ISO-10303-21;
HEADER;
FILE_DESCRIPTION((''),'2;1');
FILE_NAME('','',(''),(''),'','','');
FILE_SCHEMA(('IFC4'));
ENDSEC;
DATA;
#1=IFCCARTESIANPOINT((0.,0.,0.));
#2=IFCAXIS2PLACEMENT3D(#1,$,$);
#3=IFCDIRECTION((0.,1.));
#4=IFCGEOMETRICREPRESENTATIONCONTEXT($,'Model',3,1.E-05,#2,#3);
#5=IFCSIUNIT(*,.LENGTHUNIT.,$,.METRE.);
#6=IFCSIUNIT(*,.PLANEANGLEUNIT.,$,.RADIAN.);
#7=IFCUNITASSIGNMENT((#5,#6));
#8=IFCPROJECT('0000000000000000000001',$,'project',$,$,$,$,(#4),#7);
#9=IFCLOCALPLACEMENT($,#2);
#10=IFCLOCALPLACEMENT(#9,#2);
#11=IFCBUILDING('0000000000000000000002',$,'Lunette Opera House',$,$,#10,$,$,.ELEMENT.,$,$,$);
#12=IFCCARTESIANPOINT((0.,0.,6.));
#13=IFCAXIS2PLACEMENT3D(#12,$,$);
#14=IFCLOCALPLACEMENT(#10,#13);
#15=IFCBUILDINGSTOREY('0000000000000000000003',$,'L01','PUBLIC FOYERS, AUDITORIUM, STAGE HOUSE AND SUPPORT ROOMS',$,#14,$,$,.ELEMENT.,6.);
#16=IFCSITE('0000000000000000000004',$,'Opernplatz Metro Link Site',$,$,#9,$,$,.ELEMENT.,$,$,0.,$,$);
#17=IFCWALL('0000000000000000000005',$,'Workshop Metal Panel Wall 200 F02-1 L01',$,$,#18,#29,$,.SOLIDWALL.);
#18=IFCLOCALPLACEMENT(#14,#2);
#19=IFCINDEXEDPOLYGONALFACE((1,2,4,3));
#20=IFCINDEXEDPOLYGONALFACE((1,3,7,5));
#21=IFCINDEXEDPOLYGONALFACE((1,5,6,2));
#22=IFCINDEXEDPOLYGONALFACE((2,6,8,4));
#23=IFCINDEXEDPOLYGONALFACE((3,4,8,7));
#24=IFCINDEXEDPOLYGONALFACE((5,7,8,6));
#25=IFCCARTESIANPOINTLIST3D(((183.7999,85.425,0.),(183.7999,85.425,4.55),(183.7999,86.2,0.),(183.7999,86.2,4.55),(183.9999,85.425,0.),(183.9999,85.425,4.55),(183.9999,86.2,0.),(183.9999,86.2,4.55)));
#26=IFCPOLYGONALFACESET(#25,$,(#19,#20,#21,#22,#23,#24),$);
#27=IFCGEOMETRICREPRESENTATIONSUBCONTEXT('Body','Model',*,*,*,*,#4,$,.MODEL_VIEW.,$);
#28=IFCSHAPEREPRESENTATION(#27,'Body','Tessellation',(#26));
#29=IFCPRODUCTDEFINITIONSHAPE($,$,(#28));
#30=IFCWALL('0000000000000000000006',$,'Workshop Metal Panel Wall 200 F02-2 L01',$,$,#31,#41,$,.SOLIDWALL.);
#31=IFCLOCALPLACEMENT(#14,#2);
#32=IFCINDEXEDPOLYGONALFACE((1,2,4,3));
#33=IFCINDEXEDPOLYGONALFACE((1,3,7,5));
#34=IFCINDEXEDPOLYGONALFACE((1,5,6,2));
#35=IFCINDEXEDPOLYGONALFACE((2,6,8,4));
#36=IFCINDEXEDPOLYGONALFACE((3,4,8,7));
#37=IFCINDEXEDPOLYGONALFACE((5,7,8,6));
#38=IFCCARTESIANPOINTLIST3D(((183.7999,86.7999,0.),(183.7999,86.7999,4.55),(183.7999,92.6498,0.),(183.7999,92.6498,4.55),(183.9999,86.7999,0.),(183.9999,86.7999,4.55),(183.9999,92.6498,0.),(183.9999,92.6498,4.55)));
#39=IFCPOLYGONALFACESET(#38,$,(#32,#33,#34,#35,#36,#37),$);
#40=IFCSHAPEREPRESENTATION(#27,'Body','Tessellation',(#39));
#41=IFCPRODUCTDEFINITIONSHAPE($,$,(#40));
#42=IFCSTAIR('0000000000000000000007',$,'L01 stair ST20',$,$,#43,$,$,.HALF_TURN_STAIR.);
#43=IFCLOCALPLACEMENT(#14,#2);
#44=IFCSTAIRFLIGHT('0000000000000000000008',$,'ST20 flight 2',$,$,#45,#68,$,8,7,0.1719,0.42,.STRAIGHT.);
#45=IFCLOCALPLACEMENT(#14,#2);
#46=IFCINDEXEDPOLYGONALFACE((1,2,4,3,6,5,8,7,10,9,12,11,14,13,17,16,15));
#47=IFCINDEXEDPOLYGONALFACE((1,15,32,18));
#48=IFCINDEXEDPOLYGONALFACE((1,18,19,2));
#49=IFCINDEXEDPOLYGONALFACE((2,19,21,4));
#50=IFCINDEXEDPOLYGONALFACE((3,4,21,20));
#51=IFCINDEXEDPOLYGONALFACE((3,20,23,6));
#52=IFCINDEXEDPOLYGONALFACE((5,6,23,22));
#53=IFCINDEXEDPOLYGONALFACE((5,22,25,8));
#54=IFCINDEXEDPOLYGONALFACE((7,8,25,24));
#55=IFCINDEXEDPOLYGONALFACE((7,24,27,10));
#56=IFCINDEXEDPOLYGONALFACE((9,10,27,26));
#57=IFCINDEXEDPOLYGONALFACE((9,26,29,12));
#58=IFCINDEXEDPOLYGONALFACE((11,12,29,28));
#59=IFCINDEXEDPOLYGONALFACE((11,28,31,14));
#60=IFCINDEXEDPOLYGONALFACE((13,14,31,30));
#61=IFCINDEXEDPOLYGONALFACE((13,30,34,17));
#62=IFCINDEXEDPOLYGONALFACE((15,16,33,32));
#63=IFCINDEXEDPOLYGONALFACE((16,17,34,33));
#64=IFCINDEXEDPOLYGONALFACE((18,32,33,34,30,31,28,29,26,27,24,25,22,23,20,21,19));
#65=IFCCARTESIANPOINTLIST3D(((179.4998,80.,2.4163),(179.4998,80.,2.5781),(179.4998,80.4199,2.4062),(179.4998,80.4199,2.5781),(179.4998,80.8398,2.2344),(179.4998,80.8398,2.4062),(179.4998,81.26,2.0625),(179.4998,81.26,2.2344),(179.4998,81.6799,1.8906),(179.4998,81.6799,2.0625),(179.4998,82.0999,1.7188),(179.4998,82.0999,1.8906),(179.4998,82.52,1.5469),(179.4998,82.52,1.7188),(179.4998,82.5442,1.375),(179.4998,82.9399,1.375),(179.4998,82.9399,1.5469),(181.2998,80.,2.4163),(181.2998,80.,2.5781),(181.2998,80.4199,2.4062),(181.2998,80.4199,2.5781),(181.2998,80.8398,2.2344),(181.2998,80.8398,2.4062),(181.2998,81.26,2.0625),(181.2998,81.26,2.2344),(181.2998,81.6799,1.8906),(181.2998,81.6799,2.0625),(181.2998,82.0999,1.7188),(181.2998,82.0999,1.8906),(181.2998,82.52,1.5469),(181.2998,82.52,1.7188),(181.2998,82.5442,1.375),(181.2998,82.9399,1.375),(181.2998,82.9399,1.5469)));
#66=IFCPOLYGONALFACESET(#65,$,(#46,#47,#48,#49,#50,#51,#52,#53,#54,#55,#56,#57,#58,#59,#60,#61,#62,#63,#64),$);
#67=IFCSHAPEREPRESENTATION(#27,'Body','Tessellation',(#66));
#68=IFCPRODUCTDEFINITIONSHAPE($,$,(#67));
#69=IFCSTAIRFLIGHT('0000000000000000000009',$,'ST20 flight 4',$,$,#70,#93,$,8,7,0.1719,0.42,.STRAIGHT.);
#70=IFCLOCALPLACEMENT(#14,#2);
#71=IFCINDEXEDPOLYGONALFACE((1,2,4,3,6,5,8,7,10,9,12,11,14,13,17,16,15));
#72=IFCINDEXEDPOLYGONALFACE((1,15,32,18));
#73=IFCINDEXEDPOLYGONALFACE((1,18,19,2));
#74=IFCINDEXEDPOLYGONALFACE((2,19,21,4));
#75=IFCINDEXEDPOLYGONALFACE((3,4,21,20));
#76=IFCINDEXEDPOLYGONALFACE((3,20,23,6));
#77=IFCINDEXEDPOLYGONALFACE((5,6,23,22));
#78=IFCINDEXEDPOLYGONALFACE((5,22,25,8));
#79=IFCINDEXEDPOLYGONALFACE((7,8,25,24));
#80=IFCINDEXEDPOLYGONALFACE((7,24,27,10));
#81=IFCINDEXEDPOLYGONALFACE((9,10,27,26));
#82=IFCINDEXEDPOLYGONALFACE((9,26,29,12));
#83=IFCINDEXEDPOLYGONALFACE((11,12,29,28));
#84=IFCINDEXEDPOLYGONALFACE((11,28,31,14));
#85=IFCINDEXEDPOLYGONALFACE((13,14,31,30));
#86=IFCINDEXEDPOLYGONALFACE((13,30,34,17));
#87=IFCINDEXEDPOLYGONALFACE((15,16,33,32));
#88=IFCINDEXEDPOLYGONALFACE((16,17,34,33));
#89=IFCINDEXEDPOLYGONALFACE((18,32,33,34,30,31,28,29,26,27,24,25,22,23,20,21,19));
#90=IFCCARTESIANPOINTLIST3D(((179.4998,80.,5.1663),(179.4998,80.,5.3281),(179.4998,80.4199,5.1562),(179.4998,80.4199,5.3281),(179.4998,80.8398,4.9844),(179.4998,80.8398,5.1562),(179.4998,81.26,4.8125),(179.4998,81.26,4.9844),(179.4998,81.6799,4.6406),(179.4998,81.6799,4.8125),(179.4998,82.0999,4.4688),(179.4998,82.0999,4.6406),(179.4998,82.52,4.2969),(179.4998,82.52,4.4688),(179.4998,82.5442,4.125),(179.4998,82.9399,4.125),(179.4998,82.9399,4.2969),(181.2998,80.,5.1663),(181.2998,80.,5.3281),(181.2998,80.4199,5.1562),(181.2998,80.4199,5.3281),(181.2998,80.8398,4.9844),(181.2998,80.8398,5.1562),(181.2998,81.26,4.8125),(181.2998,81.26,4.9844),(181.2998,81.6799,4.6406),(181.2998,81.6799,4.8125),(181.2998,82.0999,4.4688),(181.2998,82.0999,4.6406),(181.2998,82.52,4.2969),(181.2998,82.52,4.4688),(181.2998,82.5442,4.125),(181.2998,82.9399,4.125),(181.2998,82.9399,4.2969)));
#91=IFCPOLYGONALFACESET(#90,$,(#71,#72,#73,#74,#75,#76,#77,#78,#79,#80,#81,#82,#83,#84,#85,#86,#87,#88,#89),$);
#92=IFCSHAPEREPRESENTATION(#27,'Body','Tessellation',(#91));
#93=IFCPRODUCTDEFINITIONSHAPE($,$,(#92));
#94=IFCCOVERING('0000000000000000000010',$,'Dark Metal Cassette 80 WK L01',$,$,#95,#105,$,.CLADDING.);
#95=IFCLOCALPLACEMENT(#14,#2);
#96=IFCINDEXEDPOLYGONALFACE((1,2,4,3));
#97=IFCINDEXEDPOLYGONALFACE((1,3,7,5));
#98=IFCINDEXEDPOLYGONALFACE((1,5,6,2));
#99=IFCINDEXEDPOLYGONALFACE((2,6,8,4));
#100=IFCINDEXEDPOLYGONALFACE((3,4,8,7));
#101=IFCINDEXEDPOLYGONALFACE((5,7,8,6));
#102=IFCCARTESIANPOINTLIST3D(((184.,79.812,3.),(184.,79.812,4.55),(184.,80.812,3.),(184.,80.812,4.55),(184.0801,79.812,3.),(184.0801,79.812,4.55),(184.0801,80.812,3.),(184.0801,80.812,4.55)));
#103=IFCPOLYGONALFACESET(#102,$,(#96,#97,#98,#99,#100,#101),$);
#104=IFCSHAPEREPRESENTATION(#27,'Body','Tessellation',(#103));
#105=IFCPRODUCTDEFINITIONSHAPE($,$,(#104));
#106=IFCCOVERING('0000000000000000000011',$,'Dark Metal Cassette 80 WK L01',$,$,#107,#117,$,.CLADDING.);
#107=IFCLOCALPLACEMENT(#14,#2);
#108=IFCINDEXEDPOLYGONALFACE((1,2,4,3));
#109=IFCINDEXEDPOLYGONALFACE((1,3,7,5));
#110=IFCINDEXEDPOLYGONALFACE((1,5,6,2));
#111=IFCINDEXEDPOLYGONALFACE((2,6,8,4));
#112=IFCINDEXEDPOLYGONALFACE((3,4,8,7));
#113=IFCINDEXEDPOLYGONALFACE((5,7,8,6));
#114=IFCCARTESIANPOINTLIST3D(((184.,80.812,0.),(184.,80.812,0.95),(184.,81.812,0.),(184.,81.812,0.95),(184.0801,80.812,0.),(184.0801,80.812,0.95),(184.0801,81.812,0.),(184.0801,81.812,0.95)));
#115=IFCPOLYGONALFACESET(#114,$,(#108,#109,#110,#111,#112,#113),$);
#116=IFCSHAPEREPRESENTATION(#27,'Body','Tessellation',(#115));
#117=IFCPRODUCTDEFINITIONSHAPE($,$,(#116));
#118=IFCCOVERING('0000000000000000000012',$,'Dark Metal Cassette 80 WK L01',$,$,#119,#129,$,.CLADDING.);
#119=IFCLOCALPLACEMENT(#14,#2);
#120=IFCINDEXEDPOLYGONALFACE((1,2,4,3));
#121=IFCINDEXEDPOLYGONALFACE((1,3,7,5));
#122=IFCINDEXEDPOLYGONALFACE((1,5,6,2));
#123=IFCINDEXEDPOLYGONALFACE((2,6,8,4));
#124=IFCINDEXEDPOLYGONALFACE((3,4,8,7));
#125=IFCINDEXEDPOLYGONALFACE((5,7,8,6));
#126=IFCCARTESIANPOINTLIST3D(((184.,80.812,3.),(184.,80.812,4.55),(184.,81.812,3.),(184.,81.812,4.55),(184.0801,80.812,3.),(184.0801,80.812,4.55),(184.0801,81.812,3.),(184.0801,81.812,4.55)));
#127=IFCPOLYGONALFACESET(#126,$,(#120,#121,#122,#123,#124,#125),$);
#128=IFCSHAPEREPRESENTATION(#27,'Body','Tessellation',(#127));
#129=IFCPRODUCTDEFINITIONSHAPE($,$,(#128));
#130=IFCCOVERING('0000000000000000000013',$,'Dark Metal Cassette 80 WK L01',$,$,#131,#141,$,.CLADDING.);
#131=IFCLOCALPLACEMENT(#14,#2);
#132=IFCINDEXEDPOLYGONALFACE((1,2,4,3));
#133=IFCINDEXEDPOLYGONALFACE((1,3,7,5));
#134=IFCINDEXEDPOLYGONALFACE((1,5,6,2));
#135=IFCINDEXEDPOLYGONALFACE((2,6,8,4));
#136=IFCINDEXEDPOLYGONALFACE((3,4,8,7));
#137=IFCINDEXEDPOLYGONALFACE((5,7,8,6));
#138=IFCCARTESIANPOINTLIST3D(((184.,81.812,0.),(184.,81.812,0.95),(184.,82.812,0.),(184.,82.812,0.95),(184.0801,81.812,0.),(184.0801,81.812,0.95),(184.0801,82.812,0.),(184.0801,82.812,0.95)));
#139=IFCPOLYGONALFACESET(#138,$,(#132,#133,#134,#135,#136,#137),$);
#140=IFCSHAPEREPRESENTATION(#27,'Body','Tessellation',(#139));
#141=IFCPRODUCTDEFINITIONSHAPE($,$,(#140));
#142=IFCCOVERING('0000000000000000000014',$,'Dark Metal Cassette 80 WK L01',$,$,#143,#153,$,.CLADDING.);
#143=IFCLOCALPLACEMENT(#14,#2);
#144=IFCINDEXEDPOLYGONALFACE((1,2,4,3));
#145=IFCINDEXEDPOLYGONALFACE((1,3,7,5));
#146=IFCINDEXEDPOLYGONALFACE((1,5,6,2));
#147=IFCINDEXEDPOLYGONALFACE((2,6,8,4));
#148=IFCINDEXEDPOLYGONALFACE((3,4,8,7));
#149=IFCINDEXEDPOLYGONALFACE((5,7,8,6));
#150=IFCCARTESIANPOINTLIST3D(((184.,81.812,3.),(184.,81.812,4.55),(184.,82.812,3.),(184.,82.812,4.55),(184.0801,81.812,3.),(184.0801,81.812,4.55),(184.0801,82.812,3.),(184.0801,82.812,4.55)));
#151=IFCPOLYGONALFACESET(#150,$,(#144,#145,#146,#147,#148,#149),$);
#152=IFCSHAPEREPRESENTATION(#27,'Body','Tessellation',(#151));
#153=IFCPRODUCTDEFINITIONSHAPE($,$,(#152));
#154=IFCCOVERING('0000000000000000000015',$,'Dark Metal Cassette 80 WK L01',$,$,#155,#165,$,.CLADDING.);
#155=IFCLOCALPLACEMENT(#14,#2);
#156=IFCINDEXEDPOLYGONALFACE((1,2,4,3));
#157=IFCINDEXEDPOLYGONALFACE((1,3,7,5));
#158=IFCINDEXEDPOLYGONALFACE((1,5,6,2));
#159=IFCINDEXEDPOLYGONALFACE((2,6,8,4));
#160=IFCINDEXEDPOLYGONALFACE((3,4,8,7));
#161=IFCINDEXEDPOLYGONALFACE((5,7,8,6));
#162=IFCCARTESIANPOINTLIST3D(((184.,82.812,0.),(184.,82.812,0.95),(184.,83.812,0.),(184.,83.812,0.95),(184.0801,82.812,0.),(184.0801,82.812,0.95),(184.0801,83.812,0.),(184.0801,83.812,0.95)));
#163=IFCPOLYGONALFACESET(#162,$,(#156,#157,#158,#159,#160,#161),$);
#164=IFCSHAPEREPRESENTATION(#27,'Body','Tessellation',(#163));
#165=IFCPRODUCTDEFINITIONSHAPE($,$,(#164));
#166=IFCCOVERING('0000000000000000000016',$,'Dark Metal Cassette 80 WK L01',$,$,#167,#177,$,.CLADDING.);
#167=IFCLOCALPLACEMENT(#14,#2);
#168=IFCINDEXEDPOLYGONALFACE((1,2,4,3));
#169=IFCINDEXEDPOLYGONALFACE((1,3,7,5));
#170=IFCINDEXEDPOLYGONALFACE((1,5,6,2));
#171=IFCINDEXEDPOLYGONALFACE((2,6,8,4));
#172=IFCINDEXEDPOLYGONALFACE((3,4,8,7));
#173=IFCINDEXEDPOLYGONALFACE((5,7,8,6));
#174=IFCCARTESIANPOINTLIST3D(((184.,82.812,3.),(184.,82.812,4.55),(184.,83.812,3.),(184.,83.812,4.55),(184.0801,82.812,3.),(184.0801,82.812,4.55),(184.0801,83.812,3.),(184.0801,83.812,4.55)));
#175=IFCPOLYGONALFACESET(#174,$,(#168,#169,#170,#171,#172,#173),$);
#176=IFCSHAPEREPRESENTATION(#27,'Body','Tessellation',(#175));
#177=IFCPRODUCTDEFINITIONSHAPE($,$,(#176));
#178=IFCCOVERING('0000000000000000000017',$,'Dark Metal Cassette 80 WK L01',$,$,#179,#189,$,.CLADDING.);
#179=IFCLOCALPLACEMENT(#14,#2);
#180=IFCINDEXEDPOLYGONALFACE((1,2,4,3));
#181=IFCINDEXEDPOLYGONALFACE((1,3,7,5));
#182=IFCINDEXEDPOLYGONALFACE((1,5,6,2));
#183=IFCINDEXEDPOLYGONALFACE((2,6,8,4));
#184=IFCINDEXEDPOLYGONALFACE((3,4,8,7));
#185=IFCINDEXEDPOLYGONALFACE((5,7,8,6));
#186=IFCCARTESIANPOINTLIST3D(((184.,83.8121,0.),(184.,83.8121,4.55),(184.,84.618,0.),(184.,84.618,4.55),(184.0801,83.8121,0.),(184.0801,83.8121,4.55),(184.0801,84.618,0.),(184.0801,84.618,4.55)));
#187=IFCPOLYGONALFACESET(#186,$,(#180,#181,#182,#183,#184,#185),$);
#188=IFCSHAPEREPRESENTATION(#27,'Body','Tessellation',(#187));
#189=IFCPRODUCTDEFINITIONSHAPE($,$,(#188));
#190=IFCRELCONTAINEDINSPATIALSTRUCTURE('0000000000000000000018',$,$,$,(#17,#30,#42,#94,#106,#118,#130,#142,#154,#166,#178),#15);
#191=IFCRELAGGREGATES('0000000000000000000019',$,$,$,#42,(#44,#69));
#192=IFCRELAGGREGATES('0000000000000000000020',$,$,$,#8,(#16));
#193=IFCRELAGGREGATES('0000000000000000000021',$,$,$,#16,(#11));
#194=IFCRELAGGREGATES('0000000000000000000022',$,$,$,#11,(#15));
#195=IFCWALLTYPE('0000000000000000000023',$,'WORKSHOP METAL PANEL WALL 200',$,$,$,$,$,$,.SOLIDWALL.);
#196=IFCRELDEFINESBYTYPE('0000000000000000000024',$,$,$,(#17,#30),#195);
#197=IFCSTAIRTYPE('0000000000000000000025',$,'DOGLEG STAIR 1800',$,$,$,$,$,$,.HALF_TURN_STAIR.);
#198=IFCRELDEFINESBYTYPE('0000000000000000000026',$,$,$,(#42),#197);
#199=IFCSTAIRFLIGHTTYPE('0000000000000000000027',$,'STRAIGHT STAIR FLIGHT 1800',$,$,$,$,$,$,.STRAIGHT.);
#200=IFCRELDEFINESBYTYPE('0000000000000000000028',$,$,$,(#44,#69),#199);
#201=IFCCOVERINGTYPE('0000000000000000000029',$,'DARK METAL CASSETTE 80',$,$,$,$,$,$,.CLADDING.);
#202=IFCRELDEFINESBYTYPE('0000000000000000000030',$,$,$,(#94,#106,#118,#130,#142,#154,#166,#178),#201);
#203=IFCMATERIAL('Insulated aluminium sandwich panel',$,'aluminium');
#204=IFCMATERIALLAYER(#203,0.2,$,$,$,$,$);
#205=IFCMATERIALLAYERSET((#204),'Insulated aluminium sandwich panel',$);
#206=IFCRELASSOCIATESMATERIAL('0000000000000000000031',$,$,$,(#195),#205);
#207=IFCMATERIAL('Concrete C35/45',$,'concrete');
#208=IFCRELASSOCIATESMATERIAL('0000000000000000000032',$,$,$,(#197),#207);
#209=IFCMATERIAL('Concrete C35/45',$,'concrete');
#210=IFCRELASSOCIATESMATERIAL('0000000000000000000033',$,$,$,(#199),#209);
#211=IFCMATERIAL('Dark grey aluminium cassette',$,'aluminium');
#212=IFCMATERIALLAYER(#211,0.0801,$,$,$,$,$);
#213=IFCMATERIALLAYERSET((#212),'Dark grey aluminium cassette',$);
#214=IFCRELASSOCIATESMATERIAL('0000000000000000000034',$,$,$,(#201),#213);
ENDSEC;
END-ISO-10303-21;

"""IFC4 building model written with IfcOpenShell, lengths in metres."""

from ifc_helpers import new_model, si_unit, direction, frame, frame_2d, origin, origin_2d, place, context, subcontext, project, spatial, polyline, rectangle, outline, extrude, material, layer, layer_set, type_object, element, aggregate, save


model = new_model("IFC4")

# Units and contexts
model_context = context("Model", 3, precision=1e-05, world=origin(), true_north=direction((0.0, 1.0)))
body_context = subcontext(model_context, "Body", "Model", "MODEL_VIEW")
ifc_project = project(units=[si_unit("LENGTHUNIT", "METRE"), si_unit("PLANEANGLEUNIT", "RADIAN")], contexts=[model_context])

# Site, building, storey
site_placement = place(None, origin())
site = spatial("IfcSite", under=ifc_project, at=site_placement, Name="Opernplatz Metro Link Site", CompositionType="ELEMENT", RefElevation=0.0)
building_placement = place(site_placement, origin())
building = spatial("IfcBuilding", under=site, at=building_placement, Name="Lunette Opera House", CompositionType="ELEMENT")
storey_placement = place(building_placement, frame((0.0, 0.0, 6.0)))
storey = spatial("IfcBuildingStorey", under=building, at=storey_placement, Name="L01", Description="PUBLIC FOYERS, AUDITORIUM, STAGE HOUSE AND SUPPORT ROOMS", CompositionType="ELEMENT", Elevation=6.0)

# Walls
ifc_material_1 = material(Name="Insulated aluminium sandwich panel", Category="aluminium")
ifc_layer_1 = layer(ifc_material_1, 0.2)
ifc_layer_set_1 = layer_set([ifc_layer_1], Name="Insulated aluminium sandwich panel")
wall_type_1 = type_object("IfcWallType", Name="WORKSHOP METAL PANEL WALL 200", PredefinedType="SOLIDWALL", material=ifc_layer_set_1)
wall_1_placement = place(storey_placement, frame((183.8999, 85.425, 0.0), z_axis=(0.0, 0.0, 1.0), x_axis=(0.0, 1.0, 0.0)))
element("IfcWall", 1, at=wall_1_placement, inside=storey, type_object=wall_type_1, Name="Workshop Metal Panel Wall 200 F02-1 L01", PredefinedType="SOLIDWALL", context=body_context, shape_type="SweptSolid", body=[
    extrude(rectangle(XDim=0.7749, YDim=0.2, at=frame_2d((0.3875, 0.0))), origin(), (0.0, 0.0, 1.0), 4.55),
])
wall_2_placement = place(storey_placement, frame((183.8999, 86.8, 0.0), z_axis=(0.0, 0.0, 1.0), x_axis=(0.0, 1.0, 0.0)))
element("IfcWall", 2, at=wall_2_placement, inside=storey, type_object=wall_type_1, Name="Workshop Metal Panel Wall 200 F02-2 L01", PredefinedType="SOLIDWALL", context=body_context, shape_type="SweptSolid", body=[
    extrude(rectangle(XDim=5.8499, YDim=0.2, at=frame_2d((2.9248, 0.0))), origin(), (0.0, 0.0, 1.0), 4.55),
])

# Stair, stair flights
ifc_material_2 = material(Name="Concrete C35/45", Category="concrete")
stair_type = type_object("IfcStairType", Name="DOGLEG STAIR 1800", PredefinedType="HALF_TURN_STAIR", material=ifc_material_2)
stair_placement = place(storey_placement, origin())
stair = element("IfcStair", 3, at=stair_placement, inside=storey, type_object=stair_type, Name="L01 stair ST20", PredefinedType="HALF_TURN_STAIR")
ifc_material_3 = material(Name="Concrete C35/45", Category="concrete")
stair_flight_type = type_object("IfcStairFlightType", Name="STRAIGHT STAIR FLIGHT 1800", PredefinedType="STRAIGHT", material=ifc_material_3)
stair_flight_1_placement = place(storey_placement, frame((180.3999, 82.9399, 1.375), z_axis=(0.0, 0.0, 1.0), x_axis=(0.0, -1.0, 0.0)))
stair_flight_1 = element("IfcStairFlight", 4, at=stair_flight_1_placement, type_object=stair_flight_type, Name="ST20 flight 2", NumberOfRisers=8, NumberOfTreads=7, PredefinedType="STRAIGHT", RiserHeight=0.1719, TreadLength=0.42, context=body_context, shape_type="SweptSolid", body=[
    extrude(outline(polyline([(0.0, 0.0), (0.0, 0.1719), (0.4199, 0.1719), (0.4199, 0.3438), (0.8401, 0.3438), (0.8401, 0.5156), (1.26, 0.5156), (1.26, 0.6875), (1.6799, 0.6875), (1.6799, 0.8594), (2.1001, 0.8594), (2.1001, 1.0312), (2.52, 1.0312), (2.52, 1.2031), (2.9399, 1.2031), (2.9399, 1.375), (2.9399, 1.0413), (0.3958, 0.0), (0.0, 0.0)])), frame((0.0, 0.8999, 0.0), z_axis=(0.0, -1.0, 0.0), x_axis=(1.0, 0.0, 0.0)), (0.0, 0.0, 1.0), 1.8),
])
stair_flight_2_placement = place(storey_placement, frame((180.3999, 82.9399, 4.125), z_axis=(0.0, 0.0, 1.0), x_axis=(0.0, -1.0, 0.0)))
stair_flight_2 = element("IfcStairFlight", 5, at=stair_flight_2_placement, type_object=stair_flight_type, Name="ST20 flight 4", NumberOfRisers=8, NumberOfTreads=7, PredefinedType="STRAIGHT", RiserHeight=0.1719, TreadLength=0.42, context=body_context, shape_type="SweptSolid", body=[
    extrude(outline(polyline([(0.0, 0.0), (0.0, 0.1719), (0.4199, 0.1719), (0.4199, 0.3438), (0.8401, 0.3438), (0.8401, 0.5156), (1.26, 0.5156), (1.26, 0.6875), (1.6799, 0.6875), (1.6799, 0.8594), (2.1001, 0.8594), (2.1001, 1.0312), (2.52, 1.0312), (2.52, 1.2031), (2.9399, 1.2031), (2.9399, 1.375), (2.9399, 1.0413), (0.3958, 0.0), (0.0, 0.0)])), frame((0.0, 0.8999, 0.0), z_axis=(0.0, -1.0, 0.0), x_axis=(1.0, 0.0, 0.0)), (0.0, 0.0, 1.0), 1.8),
])
aggregate(stair, [stair_flight_1, stair_flight_2])

# Coverings
ifc_material_4 = material(Name="Dark grey aluminium cassette", Category="aluminium")
ifc_layer_2 = layer(ifc_material_4, 0.0801)
ifc_layer_set_2 = layer_set([ifc_layer_2], Name="Dark grey aluminium cassette")
covering_type = type_object("IfcCoveringType", Name="DARK METAL CASSETTE 80", PredefinedType="CLADDING", material=ifc_layer_set_2)
covering_1_placement = place(storey_placement, frame((184.04, 80.312, 3.0), z_axis=(0.0, 0.0, 1.0), x_axis=(0.0, 1.0, 0.0)))
element("IfcCovering", 6, at=covering_1_placement, inside=storey, type_object=covering_type, Name="Dark Metal Cassette 80 WK L01", PredefinedType="CLADDING", context=body_context, shape_type="SweptSolid", body=[
    extrude(rectangle(XDim=1.0, YDim=0.0801, at=origin_2d()), origin(), (0.0, 0.0, 1.0), 1.55),
])
covering_2_placement = place(storey_placement, frame((184.04, 81.312, 0.0), z_axis=(0.0, 0.0, 1.0), x_axis=(0.0, 1.0, 0.0)))
element("IfcCovering", 7, at=covering_2_placement, inside=storey, type_object=covering_type, Name="Dark Metal Cassette 80 WK L01", PredefinedType="CLADDING", context=body_context, shape_type="SweptSolid", body=[
    extrude(rectangle(XDim=1.0, YDim=0.0801, at=origin_2d()), origin(), (0.0, 0.0, 1.0), 0.95),
])
covering_3_placement = place(storey_placement, frame((184.04, 81.312, 3.0), z_axis=(0.0, 0.0, 1.0), x_axis=(0.0, 1.0, 0.0)))
element("IfcCovering", 8, at=covering_3_placement, inside=storey, type_object=covering_type, Name="Dark Metal Cassette 80 WK L01", PredefinedType="CLADDING", context=body_context, shape_type="SweptSolid", body=[
    extrude(rectangle(XDim=1.0, YDim=0.0801, at=origin_2d()), origin(), (0.0, 0.0, 1.0), 1.55),
])
covering_4_placement = place(storey_placement, frame((184.04, 82.312, 0.0), z_axis=(0.0, 0.0, 1.0), x_axis=(0.0, 1.0, 0.0)))
element("IfcCovering", 9, at=covering_4_placement, inside=storey, type_object=covering_type, Name="Dark Metal Cassette 80 WK L01", PredefinedType="CLADDING", context=body_context, shape_type="SweptSolid", body=[
    extrude(rectangle(XDim=1.0, YDim=0.0801, at=origin_2d()), origin(), (0.0, 0.0, 1.0), 0.95),
])
covering_5_placement = place(storey_placement, frame((184.04, 82.312, 3.0), z_axis=(0.0, 0.0, 1.0), x_axis=(0.0, 1.0, 0.0)))
element("IfcCovering", 10, at=covering_5_placement, inside=storey, type_object=covering_type, Name="Dark Metal Cassette 80 WK L01", PredefinedType="CLADDING", context=body_context, shape_type="SweptSolid", body=[
    extrude(rectangle(XDim=1.0, YDim=0.0801, at=origin_2d()), origin(), (0.0, 0.0, 1.0), 1.55),
])
covering_6_placement = place(storey_placement, frame((184.04, 83.312, 0.0), z_axis=(0.0, 0.0, 1.0), x_axis=(0.0, 1.0, 0.0)))
element("IfcCovering", 11, at=covering_6_placement, inside=storey, type_object=covering_type, Name="Dark Metal Cassette 80 WK L01", PredefinedType="CLADDING", context=body_context, shape_type="SweptSolid", body=[
    extrude(rectangle(XDim=1.0, YDim=0.0801, at=origin_2d()), origin(), (0.0, 0.0, 1.0), 0.95),
])
covering_7_placement = place(storey_placement, frame((184.04, 83.312, 3.0), z_axis=(0.0, 0.0, 1.0), x_axis=(0.0, 1.0, 0.0)))
element("IfcCovering", 12, at=covering_7_placement, inside=storey, type_object=covering_type, Name="Dark Metal Cassette 80 WK L01", PredefinedType="CLADDING", context=body_context, shape_type="SweptSolid", body=[
    extrude(rectangle(XDim=1.0, YDim=0.0801, at=origin_2d()), origin(), (0.0, 0.0, 1.0), 1.55),
])
for number, where, z_axis, x_axis, name in (
    (13, (184.04, 84.2151, 0.0), (0.0, 0.0, 1.0), (0.0, 1.0, 0.0), "Dark Metal Cassette 80 WK L01"),
):
    element("IfcCovering", number, at=place(storey_placement, frame(where, z_axis=z_axis, x_axis=x_axis)), inside=storey, type_object=covering_type, Name=name, PredefinedType="CLADDING", context=body_context, shape_type="SweptSolid", body=[
        extrude(rectangle(XDim=0.8059, YDim=0.0801, at=origin_2d()), origin(), (0.0, 0.0, 1.0), 4.55),
    ])

save(model, "model.ifc")
